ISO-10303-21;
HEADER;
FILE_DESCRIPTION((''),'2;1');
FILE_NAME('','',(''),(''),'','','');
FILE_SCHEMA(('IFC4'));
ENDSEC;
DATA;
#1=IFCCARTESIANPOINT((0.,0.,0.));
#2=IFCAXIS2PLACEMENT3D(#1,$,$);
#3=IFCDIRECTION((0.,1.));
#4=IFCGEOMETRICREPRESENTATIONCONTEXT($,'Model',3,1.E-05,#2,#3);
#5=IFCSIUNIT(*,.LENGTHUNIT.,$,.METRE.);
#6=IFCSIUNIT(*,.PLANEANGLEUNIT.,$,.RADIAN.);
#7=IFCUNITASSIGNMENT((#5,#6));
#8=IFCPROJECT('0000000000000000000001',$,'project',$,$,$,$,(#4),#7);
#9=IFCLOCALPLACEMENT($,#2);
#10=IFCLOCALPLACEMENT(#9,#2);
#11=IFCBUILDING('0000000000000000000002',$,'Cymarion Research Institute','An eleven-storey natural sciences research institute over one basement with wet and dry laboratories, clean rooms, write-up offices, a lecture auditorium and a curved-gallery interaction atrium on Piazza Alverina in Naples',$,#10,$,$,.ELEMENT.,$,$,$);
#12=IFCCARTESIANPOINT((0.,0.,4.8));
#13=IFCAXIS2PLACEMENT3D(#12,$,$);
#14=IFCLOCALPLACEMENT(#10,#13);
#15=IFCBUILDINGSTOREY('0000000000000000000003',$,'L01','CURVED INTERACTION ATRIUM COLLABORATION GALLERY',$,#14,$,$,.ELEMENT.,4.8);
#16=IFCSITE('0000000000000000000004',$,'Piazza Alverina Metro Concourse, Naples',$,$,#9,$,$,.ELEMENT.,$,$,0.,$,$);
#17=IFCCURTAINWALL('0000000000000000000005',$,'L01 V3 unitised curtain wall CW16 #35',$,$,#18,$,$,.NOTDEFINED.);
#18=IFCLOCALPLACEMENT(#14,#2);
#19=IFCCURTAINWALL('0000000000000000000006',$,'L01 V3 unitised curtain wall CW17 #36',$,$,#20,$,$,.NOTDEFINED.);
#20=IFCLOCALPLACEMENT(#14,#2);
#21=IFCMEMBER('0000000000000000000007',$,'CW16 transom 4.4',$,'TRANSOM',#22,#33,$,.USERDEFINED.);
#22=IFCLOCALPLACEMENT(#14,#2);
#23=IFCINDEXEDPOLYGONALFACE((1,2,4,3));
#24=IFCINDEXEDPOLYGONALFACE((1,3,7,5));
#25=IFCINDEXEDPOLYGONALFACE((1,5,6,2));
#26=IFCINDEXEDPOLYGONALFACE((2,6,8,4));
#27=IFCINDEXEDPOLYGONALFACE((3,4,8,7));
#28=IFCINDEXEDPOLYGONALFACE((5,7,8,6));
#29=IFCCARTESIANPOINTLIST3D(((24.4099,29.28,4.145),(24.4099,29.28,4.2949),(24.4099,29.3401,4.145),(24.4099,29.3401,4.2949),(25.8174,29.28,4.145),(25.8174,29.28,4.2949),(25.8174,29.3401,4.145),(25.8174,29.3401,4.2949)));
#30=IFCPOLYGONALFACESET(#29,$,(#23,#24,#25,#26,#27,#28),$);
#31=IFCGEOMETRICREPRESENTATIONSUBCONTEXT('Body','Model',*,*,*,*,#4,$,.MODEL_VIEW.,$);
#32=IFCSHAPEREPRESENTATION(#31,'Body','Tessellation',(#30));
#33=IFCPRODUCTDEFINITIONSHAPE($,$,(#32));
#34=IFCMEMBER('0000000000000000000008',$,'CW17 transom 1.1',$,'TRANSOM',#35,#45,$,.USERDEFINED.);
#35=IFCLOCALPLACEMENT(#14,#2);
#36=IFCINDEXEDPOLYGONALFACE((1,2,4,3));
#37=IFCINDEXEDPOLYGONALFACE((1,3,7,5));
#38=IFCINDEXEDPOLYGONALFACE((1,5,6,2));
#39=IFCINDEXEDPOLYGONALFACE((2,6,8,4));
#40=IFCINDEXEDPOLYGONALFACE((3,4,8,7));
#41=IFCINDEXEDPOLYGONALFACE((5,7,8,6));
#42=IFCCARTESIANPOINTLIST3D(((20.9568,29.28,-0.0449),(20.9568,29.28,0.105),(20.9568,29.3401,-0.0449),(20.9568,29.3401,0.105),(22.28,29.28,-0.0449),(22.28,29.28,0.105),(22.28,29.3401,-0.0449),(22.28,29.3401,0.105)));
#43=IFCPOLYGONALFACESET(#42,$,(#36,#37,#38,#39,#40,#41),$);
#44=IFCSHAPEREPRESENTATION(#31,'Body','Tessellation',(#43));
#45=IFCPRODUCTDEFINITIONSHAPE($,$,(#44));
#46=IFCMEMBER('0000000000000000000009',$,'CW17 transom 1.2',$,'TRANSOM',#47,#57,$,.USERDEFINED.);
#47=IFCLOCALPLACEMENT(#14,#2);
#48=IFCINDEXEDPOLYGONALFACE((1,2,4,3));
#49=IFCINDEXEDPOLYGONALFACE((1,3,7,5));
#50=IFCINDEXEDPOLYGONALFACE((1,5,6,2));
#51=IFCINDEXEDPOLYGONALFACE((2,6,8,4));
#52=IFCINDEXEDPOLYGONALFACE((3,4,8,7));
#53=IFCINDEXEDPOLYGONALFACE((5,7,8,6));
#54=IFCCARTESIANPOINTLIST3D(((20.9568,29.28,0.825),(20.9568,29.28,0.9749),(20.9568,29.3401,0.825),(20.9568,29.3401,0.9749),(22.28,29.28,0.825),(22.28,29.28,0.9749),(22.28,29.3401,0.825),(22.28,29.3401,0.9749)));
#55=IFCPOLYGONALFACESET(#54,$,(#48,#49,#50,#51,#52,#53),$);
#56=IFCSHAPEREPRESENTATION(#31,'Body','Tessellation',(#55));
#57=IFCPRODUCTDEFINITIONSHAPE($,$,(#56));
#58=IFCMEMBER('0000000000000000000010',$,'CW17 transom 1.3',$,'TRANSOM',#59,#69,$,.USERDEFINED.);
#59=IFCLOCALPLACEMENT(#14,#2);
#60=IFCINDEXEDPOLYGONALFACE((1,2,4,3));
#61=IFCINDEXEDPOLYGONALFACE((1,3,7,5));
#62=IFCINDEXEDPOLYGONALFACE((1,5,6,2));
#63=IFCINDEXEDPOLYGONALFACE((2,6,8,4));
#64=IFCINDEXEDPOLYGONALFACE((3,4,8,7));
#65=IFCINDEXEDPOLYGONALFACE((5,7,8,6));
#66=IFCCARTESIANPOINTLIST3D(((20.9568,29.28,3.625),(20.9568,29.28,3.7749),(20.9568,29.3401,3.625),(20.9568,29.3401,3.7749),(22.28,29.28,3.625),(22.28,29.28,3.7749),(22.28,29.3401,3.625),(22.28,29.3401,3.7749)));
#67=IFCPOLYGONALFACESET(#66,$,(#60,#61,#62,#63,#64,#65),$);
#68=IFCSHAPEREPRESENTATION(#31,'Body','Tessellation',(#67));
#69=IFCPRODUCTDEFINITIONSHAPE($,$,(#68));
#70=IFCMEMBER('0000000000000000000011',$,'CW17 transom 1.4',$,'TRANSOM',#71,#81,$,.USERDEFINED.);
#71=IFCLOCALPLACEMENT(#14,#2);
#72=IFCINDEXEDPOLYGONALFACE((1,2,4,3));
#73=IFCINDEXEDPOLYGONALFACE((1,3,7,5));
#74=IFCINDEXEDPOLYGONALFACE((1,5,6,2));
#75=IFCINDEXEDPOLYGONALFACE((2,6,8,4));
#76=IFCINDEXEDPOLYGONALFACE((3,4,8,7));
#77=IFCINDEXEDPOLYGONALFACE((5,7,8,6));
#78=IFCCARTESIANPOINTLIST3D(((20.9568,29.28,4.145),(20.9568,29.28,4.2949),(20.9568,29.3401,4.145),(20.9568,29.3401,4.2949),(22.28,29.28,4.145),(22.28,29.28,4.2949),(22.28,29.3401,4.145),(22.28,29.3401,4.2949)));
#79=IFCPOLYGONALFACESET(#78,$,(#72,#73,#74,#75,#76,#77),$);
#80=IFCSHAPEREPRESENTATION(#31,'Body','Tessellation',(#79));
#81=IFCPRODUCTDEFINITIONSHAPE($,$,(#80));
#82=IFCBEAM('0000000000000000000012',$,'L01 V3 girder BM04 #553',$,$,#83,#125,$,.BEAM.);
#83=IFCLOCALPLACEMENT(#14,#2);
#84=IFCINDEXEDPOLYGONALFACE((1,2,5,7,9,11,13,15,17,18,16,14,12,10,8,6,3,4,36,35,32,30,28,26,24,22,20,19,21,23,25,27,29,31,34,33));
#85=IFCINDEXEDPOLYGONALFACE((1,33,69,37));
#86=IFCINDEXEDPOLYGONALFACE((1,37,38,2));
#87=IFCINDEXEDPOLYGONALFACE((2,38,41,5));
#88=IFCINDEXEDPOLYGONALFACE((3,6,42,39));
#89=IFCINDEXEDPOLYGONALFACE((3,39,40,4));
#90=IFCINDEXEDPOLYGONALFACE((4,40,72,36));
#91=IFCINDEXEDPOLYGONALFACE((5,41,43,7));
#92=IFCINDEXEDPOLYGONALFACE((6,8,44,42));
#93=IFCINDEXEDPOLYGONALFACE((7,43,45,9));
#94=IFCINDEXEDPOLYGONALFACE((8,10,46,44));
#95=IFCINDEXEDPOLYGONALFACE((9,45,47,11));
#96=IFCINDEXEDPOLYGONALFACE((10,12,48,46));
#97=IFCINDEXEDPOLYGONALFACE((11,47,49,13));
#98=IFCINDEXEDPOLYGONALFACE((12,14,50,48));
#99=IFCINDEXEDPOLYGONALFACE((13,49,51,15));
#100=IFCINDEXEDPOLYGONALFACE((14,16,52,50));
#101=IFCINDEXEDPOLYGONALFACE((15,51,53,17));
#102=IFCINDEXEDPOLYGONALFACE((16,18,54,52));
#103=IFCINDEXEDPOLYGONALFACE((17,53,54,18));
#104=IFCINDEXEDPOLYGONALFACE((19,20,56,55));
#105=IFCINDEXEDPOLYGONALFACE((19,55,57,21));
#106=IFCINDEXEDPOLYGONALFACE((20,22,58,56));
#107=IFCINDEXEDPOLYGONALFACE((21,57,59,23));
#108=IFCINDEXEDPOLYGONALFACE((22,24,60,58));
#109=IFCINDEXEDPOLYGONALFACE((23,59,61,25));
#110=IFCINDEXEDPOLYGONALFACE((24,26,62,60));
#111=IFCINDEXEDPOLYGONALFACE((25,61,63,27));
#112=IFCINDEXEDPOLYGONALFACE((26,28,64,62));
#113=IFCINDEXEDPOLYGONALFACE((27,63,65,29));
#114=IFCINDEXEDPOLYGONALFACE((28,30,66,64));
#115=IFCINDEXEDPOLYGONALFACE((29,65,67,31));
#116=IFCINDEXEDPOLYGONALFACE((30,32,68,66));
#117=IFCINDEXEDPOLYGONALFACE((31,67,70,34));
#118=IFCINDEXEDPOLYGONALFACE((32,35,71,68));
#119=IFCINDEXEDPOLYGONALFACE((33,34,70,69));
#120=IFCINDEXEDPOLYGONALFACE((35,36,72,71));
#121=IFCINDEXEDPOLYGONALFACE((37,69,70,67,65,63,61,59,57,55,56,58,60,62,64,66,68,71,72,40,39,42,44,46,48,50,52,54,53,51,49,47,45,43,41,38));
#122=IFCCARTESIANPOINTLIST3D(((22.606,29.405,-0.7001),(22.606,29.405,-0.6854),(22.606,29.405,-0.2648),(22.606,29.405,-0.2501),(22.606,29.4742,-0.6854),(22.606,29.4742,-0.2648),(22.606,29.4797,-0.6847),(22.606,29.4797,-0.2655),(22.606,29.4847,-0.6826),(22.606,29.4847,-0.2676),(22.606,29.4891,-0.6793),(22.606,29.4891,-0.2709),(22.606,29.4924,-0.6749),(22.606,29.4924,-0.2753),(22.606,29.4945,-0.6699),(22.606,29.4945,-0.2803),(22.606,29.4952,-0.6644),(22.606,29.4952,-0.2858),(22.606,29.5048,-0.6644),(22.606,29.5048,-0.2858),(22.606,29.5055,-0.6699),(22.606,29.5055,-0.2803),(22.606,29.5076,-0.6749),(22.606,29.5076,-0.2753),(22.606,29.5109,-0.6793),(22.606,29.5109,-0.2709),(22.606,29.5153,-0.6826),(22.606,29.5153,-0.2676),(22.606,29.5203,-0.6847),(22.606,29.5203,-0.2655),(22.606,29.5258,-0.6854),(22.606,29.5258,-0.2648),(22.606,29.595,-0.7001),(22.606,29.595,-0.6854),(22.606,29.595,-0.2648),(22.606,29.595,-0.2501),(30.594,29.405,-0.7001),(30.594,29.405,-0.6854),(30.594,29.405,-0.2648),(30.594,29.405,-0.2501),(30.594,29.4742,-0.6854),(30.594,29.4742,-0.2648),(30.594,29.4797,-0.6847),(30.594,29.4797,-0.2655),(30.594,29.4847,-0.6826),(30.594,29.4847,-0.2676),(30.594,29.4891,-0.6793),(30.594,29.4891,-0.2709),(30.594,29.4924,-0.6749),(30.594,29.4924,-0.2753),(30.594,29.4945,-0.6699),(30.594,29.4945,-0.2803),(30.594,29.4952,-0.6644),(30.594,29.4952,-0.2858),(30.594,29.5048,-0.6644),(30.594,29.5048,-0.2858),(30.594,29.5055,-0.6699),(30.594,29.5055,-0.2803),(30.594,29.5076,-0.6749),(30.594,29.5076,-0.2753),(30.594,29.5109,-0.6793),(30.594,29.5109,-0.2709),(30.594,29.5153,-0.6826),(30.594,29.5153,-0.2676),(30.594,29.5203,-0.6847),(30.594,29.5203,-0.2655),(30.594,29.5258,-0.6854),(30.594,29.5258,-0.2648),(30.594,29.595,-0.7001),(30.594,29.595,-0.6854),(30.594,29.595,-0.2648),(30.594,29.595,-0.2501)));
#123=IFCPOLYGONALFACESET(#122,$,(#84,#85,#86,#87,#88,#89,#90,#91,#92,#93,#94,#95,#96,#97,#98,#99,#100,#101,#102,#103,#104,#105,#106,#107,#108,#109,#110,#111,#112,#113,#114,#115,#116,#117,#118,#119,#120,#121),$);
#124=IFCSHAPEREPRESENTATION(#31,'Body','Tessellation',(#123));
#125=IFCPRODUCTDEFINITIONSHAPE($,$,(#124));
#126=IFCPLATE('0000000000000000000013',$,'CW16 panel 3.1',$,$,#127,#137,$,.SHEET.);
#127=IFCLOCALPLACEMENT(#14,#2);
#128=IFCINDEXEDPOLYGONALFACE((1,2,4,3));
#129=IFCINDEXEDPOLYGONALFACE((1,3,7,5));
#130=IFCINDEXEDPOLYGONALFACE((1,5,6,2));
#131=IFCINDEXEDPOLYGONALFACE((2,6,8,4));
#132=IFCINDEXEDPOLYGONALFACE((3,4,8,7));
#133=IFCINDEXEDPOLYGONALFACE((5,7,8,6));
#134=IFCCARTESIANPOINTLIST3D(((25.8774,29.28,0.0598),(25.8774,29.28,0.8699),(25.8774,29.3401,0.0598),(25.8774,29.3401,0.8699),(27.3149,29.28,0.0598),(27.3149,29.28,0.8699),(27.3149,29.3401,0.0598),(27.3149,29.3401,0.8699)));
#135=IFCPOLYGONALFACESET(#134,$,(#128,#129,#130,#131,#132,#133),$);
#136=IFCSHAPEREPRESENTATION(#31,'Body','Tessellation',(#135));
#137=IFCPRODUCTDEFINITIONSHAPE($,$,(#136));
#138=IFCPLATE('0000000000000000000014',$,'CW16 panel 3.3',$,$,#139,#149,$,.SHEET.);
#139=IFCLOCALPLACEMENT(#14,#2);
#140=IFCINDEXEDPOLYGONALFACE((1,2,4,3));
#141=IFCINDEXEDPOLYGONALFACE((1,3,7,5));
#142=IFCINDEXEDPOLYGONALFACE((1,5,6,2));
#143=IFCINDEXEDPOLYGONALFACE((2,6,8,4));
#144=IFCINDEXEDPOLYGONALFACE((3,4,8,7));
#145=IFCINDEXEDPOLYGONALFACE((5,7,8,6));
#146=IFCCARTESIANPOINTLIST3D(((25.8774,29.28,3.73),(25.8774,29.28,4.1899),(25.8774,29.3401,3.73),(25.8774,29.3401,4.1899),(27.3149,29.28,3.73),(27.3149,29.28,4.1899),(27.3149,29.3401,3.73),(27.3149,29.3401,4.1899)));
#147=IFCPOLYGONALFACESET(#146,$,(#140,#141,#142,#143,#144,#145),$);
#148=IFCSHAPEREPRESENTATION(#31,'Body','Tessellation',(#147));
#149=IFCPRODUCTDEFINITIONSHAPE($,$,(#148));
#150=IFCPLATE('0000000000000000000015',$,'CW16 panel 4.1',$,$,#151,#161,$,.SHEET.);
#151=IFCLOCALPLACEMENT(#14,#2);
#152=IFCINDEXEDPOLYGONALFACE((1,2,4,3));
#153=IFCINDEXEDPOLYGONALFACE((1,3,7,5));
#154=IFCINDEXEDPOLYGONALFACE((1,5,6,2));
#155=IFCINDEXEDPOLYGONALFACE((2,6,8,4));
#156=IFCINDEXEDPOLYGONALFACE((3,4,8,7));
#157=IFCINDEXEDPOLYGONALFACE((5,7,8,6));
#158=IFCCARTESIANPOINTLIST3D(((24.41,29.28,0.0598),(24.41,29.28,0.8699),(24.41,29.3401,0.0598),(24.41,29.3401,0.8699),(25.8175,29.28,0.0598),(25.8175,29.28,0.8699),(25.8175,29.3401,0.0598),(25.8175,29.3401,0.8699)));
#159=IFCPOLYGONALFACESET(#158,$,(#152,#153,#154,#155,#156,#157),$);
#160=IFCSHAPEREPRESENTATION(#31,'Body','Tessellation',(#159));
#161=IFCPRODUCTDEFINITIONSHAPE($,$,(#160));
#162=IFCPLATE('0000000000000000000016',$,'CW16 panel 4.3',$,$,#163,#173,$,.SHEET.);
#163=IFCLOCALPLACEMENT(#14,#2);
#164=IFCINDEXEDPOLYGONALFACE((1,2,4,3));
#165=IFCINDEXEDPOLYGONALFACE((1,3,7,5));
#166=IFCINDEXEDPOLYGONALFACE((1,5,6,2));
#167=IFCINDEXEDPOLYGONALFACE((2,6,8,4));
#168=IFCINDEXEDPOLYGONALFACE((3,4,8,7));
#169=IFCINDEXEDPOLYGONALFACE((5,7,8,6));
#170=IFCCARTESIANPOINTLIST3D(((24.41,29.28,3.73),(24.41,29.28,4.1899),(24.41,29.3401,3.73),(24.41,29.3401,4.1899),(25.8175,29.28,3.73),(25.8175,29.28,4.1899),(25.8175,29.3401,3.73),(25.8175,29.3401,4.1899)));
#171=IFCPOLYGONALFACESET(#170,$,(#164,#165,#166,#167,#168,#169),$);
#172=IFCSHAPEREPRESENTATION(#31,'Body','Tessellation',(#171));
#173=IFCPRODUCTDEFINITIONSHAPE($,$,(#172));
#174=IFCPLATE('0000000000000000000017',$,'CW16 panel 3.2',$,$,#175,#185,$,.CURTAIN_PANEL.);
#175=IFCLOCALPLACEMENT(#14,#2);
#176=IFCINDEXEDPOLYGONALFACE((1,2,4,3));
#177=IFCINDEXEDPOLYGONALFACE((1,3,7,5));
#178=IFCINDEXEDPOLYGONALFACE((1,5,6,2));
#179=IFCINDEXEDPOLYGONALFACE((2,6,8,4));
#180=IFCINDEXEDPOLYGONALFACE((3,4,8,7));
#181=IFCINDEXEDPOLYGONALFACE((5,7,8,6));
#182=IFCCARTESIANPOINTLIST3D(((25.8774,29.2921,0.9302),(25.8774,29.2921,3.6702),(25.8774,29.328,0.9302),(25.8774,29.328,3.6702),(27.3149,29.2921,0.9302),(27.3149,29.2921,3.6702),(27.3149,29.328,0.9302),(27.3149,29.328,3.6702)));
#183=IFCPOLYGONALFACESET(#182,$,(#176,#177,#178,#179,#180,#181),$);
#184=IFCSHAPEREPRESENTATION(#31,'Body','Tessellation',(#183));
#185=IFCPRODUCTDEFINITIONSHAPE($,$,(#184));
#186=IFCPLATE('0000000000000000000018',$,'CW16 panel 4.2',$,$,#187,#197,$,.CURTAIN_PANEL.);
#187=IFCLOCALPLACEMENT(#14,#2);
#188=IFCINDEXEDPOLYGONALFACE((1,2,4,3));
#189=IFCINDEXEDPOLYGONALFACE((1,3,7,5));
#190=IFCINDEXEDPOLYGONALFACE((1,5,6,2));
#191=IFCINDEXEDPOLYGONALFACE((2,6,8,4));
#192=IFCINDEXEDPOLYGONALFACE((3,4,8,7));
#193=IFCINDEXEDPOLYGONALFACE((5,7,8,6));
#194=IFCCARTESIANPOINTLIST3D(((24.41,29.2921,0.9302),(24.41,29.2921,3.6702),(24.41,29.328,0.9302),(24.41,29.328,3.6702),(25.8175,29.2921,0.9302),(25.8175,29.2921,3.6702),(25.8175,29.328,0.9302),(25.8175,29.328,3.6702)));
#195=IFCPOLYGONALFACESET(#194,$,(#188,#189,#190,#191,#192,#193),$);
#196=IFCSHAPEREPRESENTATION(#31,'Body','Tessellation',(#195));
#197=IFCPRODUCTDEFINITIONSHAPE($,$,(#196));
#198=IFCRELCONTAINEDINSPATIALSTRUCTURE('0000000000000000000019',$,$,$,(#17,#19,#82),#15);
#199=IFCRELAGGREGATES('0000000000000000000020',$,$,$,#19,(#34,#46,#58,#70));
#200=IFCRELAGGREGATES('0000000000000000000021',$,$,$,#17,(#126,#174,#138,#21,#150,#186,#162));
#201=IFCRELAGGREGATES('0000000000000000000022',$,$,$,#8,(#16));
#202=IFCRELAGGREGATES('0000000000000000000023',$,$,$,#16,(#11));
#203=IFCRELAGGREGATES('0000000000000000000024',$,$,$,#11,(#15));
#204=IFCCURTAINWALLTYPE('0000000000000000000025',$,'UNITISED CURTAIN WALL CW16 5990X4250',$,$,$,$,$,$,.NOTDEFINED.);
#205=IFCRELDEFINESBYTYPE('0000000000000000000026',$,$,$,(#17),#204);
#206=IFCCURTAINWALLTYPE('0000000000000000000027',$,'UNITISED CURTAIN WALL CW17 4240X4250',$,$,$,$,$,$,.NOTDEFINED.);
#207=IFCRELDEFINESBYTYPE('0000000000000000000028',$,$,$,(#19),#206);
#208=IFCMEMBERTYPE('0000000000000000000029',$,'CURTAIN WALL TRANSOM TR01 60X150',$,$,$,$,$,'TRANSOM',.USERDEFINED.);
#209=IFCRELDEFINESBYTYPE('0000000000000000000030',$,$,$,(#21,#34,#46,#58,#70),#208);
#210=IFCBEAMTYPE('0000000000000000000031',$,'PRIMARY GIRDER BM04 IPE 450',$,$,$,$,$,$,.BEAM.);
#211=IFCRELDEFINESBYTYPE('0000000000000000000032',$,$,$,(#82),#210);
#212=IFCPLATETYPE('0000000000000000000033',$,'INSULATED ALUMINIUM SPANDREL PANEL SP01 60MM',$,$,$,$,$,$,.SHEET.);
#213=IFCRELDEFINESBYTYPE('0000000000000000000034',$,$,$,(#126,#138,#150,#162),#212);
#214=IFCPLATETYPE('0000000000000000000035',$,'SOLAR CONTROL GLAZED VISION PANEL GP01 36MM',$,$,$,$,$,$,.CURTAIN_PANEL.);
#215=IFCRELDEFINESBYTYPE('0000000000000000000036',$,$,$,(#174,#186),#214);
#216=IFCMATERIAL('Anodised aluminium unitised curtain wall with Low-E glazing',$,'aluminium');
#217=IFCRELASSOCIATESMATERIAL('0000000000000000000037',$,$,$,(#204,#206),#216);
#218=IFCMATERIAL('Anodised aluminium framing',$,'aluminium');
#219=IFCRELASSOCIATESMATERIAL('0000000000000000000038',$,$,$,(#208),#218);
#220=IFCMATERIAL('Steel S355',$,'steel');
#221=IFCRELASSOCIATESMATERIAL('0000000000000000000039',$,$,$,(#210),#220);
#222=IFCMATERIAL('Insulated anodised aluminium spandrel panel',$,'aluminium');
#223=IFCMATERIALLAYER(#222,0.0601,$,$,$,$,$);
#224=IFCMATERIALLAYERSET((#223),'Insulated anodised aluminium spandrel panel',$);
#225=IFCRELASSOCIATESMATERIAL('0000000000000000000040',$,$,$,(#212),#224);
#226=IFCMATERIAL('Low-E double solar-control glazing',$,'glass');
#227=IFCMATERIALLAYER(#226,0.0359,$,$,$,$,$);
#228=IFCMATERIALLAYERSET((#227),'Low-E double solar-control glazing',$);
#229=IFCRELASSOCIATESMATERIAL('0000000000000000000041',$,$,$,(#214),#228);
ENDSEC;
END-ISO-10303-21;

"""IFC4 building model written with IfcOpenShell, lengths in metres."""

from ifc_helpers import new_model, si_unit, direction, frame, origin, origin_2d, place, context, subcontext, project, spatial, rectangle, i_section, extrude, material, layer, layer_set, material_profile, profile_set, type_object, element, aggregate, save


model = new_model("IFC4")

# Units and contexts
model_context = context("Model", 3, precision=1e-05, world=origin(), true_north=direction((0.0, 1.0)))
body_context = subcontext(model_context, "Body", "Model", "MODEL_VIEW")
ifc_project = project(units=[si_unit("LENGTHUNIT", "METRE"), si_unit("PLANEANGLEUNIT", "RADIAN")], contexts=[model_context])

# Site, building, storey
site_placement = place(None, origin())
site = spatial("IfcSite", under=ifc_project, at=site_placement, Name="Piazza Alverina Metro Concourse, Naples", CompositionType="ELEMENT", RefElevation=0.0)
building_placement = place(site_placement, origin())
building = spatial("IfcBuilding", under=site, at=building_placement, Name="Cymarion Research Institute", Description="An eleven-storey natural sciences research institute over one basement with wet and dry laboratories, clean rooms, write-up offices, a lecture auditorium and a curved-gallery interaction atrium on Piazza Alverina in Naples", CompositionType="ELEMENT")
storey_placement = place(building_placement, frame((0.0, 0.0, 4.8)))
storey = spatial("IfcBuildingStorey", under=building, at=storey_placement, Name="L01", Description="CURVED INTERACTION ATRIUM COLLABORATION GALLERY", CompositionType="ELEMENT", Elevation=4.8)

# Shared definitions
ifc_material_1 = material(Name="Steel S355", Category="steel")

# Curtain wall
ifc_material_2 = material(Name="Anodised aluminium unitised curtain wall with Low-E glazing", Category="aluminium")
curtain_wall_type_1 = type_object("IfcCurtainWallType", Name="UNITISED CURTAIN WALL CW16 5990X4250", PredefinedType="NOTDEFINED", material=ifc_material_2)
curtain_wall_1_placement = place(storey_placement, origin())
curtain_wall_1 = element("IfcCurtainWall", 1, at=curtain_wall_1_placement, inside=storey, type_object=curtain_wall_type_1, Name="L01 V3 unitised curtain wall CW16 #35", PredefinedType="NOTDEFINED")
ifc_material_3 = material(Name="Anodised aluminium framing", Category="aluminium")

# Curtain wall
curtain_wall_type_2 = type_object("IfcCurtainWallType", Name="UNITISED CURTAIN WALL CW17 4240X4250", PredefinedType="NOTDEFINED", material=ifc_material_2)
curtain_wall_2_placement = place(storey_placement, origin())
curtain_wall_2 = element("IfcCurtainWall", 2, at=curtain_wall_2_placement, inside=storey, type_object=curtain_wall_type_2, Name="L01 V3 unitised curtain wall CW17 #36", PredefinedType="NOTDEFINED")

# Members
ifc_material_profile_1 = material_profile(ifc_material_3, rectangle(XDim=0.0601, YDim=0.1499, at=origin_2d()), Name="ALU TRANSOM 60x150")
ifc_profile_set_1 = profile_set([ifc_material_profile_1], Name="Anodised aluminium framing")
member_type_1 = type_object("IfcMemberType", Name="CURTAIN WALL TRANSOM TR01 60X150", ElementType="TRANSOM", PredefinedType="USERDEFINED", material=ifc_profile_set_1)
member_1_placement = place(storey_placement, frame((25.8174, 29.3101, 4.22), z_axis=(-1.0, 0.0, 0.0), x_axis=(0.0, -1.0, 0.0)))
member_1 = element("IfcMember", 3, at=member_1_placement, type_object=member_type_1, Name="CW16 transom 4.4", ObjectType="TRANSOM", PredefinedType="USERDEFINED", context=body_context, shape_type="SweptSolid", body=[
    extrude(rectangle(XDim=0.0601, YDim=0.1499, at=origin_2d()), origin(), (0.0, 0.0, 1.0), 1.4075),
])
member_2_placement = place(storey_placement, frame((22.28, 29.3101, 0.03), z_axis=(-1.0, 0.0, 0.0), x_axis=(0.0, -1.0, 0.0)))
member_2 = element("IfcMember", 4, at=member_2_placement, type_object=member_type_1, Name="CW17 transom 1.1", ObjectType="TRANSOM", PredefinedType="USERDEFINED", context=body_context, shape_type="SweptSolid", body=[
    extrude(rectangle(XDim=0.0601, YDim=0.1499, at=origin_2d()), origin(), (0.0, 0.0, 1.0), 1.3232),
])
member_3_placement = place(storey_placement, frame((22.28, 29.3101, 0.8999), z_axis=(-1.0, 0.0, 0.0), x_axis=(0.0, -1.0, 0.0)))
member_3 = element("IfcMember", 5, at=member_3_placement, type_object=member_type_1, Name="CW17 transom 1.2", ObjectType="TRANSOM", PredefinedType="USERDEFINED", context=body_context, shape_type="SweptSolid", body=[
    extrude(rectangle(XDim=0.0601, YDim=0.1499, at=origin_2d()), origin(), (0.0, 0.0, 1.0), 1.3232),
])
member_4_placement = place(storey_placement, frame((22.28, 29.3101, 3.7), z_axis=(-1.0, 0.0, 0.0), x_axis=(0.0, -1.0, 0.0)))
member_4 = element("IfcMember", 6, at=member_4_placement, type_object=member_type_1, Name="CW17 transom 1.3", ObjectType="TRANSOM", PredefinedType="USERDEFINED", context=body_context, shape_type="SweptSolid", body=[
    extrude(rectangle(XDim=0.0601, YDim=0.1499, at=origin_2d()), origin(), (0.0, 0.0, 1.0), 1.3232),
])
member_5_placement = place(storey_placement, frame((22.28, 29.3101, 4.22), z_axis=(-1.0, 0.0, 0.0), x_axis=(0.0, -1.0, 0.0)))
member_5 = element("IfcMember", 7, at=member_5_placement, type_object=member_type_1, Name="CW17 transom 1.4", ObjectType="TRANSOM", PredefinedType="USERDEFINED", context=body_context, shape_type="SweptSolid", body=[
    extrude(rectangle(XDim=0.0601, YDim=0.1499, at=origin_2d()), origin(), (0.0, 0.0, 1.0), 1.3232),
])
aggregate(curtain_wall_2, [member_2, member_3, member_4, member_5])

# Beam
ifc_material_profile_2 = material_profile(ifc_material_1, i_section(OverallWidth=0.1899, OverallDepth=0.45, WebThickness=0.0095, FlangeThickness=0.0146, FilletRadius=0.021, at=origin_2d()), Name="IPE 450")
ifc_profile_set_2 = profile_set([ifc_material_profile_2], Name="Steel S355")
beam_type = type_object("IfcBeamType", Name="PRIMARY GIRDER BM04 IPE 450", PredefinedType="BEAM", material=ifc_profile_set_2)
beam_placement = place(storey_placement, frame((22.606, 29.5, -0.4751), z_axis=(1.0, 0.0, 0.0), x_axis=(0.0, 1.0, 0.0)))
element("IfcBeam", 8, at=beam_placement, inside=storey, type_object=beam_type, Name="L01 V3 girder BM04 #553", PredefinedType="BEAM", context=body_context, shape_type="SweptSolid", body=[
    extrude(i_section(OverallWidth=0.1899, OverallDepth=0.45, WebThickness=0.0095, FlangeThickness=0.0146, FilletRadius=0.021, at=origin_2d()), origin(), (0.0, 0.0, 1.0), 7.988),
])

# Plates
ifc_material_4 = material(Name="Insulated anodised aluminium spandrel panel", Category="aluminium")
ifc_layer_1 = layer(ifc_material_4, 0.0601)
ifc_layer_set_1 = layer_set([ifc_layer_1], Name="Insulated anodised aluminium spandrel panel")
plate_type_1 = type_object("IfcPlateType", Name="INSULATED ALUMINIUM SPANDREL PANEL SP01 60MM", PredefinedType="SHEET", material=ifc_layer_set_1)
plate_1_placement = place(storey_placement, frame((26.5962, 29.3101, 0.0598), z_axis=(0.0, 0.0, 1.0), x_axis=(-1.0, 0.0, 0.0)))
plate_1 = element("IfcPlate", 9, at=plate_1_placement, type_object=plate_type_1, Name="CW16 panel 3.1", PredefinedType="SHEET", context=body_context, shape_type="SweptSolid", body=[
    extrude(rectangle(XDim=1.4375, YDim=0.0601, at=origin_2d()), origin(), (0.0, 0.0, 1.0), 0.8101),
])
plate_2_placement = place(storey_placement, frame((26.5962, 29.3101, 3.73), z_axis=(0.0, 0.0, 1.0), x_axis=(-1.0, 0.0, 0.0)))
plate_2 = element("IfcPlate", 10, at=plate_2_placement, type_object=plate_type_1, Name="CW16 panel 3.3", PredefinedType="SHEET", context=body_context, shape_type="SweptSolid", body=[
    extrude(rectangle(XDim=1.4375, YDim=0.0601, at=origin_2d()), origin(), (0.0, 0.0, 1.0), 0.46),
])
plate_3_placement = place(storey_placement, frame((25.1138, 29.3101, 0.0598), z_axis=(0.0, 0.0, 1.0), x_axis=(-1.0, 0.0, 0.0)))
plate_3 = element("IfcPlate", 11, at=plate_3_placement, type_object=plate_type_1, Name="CW16 panel 4.1", PredefinedType="SHEET", context=body_context, shape_type="SweptSolid", body=[
    extrude(rectangle(XDim=1.4075, YDim=0.0601, at=origin_2d()), origin(), (0.0, 0.0, 1.0), 0.8101),
])
plate_4_placement = place(storey_placement, frame((25.1138, 29.3101, 3.73), z_axis=(0.0, 0.0, 1.0), x_axis=(-1.0, 0.0, 0.0)))
plate_4 = element("IfcPlate", 12, at=plate_4_placement, type_object=plate_type_1, Name="CW16 panel 4.3", PredefinedType="SHEET", context=body_context, shape_type="SweptSolid", body=[
    extrude(rectangle(XDim=1.4075, YDim=0.0601, at=origin_2d()), origin(), (0.0, 0.0, 1.0), 0.46),
])
ifc_material_5 = material(Name="Low-E double solar-control glazing", Category="glass")
ifc_layer_2 = layer(ifc_material_5, 0.0359)
ifc_layer_set_2 = layer_set([ifc_layer_2], Name="Low-E double solar-control glazing")
plate_type_2 = type_object("IfcPlateType", Name="SOLAR CONTROL GLAZED VISION PANEL GP01 36MM", PredefinedType="CURTAIN_PANEL", material=ifc_layer_set_2)
plate_5_placement = place(storey_placement, frame((26.5962, 29.3101, 0.9302), z_axis=(0.0, 0.0, 1.0), x_axis=(-1.0, 0.0, 0.0)))
plate_5 = element("IfcPlate", 13, at=plate_5_placement, type_object=plate_type_2, Name="CW16 panel 3.2", PredefinedType="CURTAIN_PANEL", context=body_context, shape_type="SweptSolid", body=[
    extrude(rectangle(XDim=1.4375, YDim=0.0359, at=origin_2d()), origin(), (0.0, 0.0, 1.0), 2.74),
])
plate_6_placement = place(storey_placement, frame((25.1138, 29.3101, 0.9302), z_axis=(0.0, 0.0, 1.0), x_axis=(-1.0, 0.0, 0.0)))
plate_6 = element("IfcPlate", 14, at=plate_6_placement, type_object=plate_type_2, Name="CW16 panel 4.2", PredefinedType="CURTAIN_PANEL", context=body_context, shape_type="SweptSolid", body=[
    extrude(rectangle(XDim=1.4075, YDim=0.0359, at=origin_2d()), origin(), (0.0, 0.0, 1.0), 2.74),
])
aggregate(curtain_wall_1, [plate_1, plate_5, plate_2, member_1, plate_3, plate_6, plate_4])

save(model, "model.ifc")
